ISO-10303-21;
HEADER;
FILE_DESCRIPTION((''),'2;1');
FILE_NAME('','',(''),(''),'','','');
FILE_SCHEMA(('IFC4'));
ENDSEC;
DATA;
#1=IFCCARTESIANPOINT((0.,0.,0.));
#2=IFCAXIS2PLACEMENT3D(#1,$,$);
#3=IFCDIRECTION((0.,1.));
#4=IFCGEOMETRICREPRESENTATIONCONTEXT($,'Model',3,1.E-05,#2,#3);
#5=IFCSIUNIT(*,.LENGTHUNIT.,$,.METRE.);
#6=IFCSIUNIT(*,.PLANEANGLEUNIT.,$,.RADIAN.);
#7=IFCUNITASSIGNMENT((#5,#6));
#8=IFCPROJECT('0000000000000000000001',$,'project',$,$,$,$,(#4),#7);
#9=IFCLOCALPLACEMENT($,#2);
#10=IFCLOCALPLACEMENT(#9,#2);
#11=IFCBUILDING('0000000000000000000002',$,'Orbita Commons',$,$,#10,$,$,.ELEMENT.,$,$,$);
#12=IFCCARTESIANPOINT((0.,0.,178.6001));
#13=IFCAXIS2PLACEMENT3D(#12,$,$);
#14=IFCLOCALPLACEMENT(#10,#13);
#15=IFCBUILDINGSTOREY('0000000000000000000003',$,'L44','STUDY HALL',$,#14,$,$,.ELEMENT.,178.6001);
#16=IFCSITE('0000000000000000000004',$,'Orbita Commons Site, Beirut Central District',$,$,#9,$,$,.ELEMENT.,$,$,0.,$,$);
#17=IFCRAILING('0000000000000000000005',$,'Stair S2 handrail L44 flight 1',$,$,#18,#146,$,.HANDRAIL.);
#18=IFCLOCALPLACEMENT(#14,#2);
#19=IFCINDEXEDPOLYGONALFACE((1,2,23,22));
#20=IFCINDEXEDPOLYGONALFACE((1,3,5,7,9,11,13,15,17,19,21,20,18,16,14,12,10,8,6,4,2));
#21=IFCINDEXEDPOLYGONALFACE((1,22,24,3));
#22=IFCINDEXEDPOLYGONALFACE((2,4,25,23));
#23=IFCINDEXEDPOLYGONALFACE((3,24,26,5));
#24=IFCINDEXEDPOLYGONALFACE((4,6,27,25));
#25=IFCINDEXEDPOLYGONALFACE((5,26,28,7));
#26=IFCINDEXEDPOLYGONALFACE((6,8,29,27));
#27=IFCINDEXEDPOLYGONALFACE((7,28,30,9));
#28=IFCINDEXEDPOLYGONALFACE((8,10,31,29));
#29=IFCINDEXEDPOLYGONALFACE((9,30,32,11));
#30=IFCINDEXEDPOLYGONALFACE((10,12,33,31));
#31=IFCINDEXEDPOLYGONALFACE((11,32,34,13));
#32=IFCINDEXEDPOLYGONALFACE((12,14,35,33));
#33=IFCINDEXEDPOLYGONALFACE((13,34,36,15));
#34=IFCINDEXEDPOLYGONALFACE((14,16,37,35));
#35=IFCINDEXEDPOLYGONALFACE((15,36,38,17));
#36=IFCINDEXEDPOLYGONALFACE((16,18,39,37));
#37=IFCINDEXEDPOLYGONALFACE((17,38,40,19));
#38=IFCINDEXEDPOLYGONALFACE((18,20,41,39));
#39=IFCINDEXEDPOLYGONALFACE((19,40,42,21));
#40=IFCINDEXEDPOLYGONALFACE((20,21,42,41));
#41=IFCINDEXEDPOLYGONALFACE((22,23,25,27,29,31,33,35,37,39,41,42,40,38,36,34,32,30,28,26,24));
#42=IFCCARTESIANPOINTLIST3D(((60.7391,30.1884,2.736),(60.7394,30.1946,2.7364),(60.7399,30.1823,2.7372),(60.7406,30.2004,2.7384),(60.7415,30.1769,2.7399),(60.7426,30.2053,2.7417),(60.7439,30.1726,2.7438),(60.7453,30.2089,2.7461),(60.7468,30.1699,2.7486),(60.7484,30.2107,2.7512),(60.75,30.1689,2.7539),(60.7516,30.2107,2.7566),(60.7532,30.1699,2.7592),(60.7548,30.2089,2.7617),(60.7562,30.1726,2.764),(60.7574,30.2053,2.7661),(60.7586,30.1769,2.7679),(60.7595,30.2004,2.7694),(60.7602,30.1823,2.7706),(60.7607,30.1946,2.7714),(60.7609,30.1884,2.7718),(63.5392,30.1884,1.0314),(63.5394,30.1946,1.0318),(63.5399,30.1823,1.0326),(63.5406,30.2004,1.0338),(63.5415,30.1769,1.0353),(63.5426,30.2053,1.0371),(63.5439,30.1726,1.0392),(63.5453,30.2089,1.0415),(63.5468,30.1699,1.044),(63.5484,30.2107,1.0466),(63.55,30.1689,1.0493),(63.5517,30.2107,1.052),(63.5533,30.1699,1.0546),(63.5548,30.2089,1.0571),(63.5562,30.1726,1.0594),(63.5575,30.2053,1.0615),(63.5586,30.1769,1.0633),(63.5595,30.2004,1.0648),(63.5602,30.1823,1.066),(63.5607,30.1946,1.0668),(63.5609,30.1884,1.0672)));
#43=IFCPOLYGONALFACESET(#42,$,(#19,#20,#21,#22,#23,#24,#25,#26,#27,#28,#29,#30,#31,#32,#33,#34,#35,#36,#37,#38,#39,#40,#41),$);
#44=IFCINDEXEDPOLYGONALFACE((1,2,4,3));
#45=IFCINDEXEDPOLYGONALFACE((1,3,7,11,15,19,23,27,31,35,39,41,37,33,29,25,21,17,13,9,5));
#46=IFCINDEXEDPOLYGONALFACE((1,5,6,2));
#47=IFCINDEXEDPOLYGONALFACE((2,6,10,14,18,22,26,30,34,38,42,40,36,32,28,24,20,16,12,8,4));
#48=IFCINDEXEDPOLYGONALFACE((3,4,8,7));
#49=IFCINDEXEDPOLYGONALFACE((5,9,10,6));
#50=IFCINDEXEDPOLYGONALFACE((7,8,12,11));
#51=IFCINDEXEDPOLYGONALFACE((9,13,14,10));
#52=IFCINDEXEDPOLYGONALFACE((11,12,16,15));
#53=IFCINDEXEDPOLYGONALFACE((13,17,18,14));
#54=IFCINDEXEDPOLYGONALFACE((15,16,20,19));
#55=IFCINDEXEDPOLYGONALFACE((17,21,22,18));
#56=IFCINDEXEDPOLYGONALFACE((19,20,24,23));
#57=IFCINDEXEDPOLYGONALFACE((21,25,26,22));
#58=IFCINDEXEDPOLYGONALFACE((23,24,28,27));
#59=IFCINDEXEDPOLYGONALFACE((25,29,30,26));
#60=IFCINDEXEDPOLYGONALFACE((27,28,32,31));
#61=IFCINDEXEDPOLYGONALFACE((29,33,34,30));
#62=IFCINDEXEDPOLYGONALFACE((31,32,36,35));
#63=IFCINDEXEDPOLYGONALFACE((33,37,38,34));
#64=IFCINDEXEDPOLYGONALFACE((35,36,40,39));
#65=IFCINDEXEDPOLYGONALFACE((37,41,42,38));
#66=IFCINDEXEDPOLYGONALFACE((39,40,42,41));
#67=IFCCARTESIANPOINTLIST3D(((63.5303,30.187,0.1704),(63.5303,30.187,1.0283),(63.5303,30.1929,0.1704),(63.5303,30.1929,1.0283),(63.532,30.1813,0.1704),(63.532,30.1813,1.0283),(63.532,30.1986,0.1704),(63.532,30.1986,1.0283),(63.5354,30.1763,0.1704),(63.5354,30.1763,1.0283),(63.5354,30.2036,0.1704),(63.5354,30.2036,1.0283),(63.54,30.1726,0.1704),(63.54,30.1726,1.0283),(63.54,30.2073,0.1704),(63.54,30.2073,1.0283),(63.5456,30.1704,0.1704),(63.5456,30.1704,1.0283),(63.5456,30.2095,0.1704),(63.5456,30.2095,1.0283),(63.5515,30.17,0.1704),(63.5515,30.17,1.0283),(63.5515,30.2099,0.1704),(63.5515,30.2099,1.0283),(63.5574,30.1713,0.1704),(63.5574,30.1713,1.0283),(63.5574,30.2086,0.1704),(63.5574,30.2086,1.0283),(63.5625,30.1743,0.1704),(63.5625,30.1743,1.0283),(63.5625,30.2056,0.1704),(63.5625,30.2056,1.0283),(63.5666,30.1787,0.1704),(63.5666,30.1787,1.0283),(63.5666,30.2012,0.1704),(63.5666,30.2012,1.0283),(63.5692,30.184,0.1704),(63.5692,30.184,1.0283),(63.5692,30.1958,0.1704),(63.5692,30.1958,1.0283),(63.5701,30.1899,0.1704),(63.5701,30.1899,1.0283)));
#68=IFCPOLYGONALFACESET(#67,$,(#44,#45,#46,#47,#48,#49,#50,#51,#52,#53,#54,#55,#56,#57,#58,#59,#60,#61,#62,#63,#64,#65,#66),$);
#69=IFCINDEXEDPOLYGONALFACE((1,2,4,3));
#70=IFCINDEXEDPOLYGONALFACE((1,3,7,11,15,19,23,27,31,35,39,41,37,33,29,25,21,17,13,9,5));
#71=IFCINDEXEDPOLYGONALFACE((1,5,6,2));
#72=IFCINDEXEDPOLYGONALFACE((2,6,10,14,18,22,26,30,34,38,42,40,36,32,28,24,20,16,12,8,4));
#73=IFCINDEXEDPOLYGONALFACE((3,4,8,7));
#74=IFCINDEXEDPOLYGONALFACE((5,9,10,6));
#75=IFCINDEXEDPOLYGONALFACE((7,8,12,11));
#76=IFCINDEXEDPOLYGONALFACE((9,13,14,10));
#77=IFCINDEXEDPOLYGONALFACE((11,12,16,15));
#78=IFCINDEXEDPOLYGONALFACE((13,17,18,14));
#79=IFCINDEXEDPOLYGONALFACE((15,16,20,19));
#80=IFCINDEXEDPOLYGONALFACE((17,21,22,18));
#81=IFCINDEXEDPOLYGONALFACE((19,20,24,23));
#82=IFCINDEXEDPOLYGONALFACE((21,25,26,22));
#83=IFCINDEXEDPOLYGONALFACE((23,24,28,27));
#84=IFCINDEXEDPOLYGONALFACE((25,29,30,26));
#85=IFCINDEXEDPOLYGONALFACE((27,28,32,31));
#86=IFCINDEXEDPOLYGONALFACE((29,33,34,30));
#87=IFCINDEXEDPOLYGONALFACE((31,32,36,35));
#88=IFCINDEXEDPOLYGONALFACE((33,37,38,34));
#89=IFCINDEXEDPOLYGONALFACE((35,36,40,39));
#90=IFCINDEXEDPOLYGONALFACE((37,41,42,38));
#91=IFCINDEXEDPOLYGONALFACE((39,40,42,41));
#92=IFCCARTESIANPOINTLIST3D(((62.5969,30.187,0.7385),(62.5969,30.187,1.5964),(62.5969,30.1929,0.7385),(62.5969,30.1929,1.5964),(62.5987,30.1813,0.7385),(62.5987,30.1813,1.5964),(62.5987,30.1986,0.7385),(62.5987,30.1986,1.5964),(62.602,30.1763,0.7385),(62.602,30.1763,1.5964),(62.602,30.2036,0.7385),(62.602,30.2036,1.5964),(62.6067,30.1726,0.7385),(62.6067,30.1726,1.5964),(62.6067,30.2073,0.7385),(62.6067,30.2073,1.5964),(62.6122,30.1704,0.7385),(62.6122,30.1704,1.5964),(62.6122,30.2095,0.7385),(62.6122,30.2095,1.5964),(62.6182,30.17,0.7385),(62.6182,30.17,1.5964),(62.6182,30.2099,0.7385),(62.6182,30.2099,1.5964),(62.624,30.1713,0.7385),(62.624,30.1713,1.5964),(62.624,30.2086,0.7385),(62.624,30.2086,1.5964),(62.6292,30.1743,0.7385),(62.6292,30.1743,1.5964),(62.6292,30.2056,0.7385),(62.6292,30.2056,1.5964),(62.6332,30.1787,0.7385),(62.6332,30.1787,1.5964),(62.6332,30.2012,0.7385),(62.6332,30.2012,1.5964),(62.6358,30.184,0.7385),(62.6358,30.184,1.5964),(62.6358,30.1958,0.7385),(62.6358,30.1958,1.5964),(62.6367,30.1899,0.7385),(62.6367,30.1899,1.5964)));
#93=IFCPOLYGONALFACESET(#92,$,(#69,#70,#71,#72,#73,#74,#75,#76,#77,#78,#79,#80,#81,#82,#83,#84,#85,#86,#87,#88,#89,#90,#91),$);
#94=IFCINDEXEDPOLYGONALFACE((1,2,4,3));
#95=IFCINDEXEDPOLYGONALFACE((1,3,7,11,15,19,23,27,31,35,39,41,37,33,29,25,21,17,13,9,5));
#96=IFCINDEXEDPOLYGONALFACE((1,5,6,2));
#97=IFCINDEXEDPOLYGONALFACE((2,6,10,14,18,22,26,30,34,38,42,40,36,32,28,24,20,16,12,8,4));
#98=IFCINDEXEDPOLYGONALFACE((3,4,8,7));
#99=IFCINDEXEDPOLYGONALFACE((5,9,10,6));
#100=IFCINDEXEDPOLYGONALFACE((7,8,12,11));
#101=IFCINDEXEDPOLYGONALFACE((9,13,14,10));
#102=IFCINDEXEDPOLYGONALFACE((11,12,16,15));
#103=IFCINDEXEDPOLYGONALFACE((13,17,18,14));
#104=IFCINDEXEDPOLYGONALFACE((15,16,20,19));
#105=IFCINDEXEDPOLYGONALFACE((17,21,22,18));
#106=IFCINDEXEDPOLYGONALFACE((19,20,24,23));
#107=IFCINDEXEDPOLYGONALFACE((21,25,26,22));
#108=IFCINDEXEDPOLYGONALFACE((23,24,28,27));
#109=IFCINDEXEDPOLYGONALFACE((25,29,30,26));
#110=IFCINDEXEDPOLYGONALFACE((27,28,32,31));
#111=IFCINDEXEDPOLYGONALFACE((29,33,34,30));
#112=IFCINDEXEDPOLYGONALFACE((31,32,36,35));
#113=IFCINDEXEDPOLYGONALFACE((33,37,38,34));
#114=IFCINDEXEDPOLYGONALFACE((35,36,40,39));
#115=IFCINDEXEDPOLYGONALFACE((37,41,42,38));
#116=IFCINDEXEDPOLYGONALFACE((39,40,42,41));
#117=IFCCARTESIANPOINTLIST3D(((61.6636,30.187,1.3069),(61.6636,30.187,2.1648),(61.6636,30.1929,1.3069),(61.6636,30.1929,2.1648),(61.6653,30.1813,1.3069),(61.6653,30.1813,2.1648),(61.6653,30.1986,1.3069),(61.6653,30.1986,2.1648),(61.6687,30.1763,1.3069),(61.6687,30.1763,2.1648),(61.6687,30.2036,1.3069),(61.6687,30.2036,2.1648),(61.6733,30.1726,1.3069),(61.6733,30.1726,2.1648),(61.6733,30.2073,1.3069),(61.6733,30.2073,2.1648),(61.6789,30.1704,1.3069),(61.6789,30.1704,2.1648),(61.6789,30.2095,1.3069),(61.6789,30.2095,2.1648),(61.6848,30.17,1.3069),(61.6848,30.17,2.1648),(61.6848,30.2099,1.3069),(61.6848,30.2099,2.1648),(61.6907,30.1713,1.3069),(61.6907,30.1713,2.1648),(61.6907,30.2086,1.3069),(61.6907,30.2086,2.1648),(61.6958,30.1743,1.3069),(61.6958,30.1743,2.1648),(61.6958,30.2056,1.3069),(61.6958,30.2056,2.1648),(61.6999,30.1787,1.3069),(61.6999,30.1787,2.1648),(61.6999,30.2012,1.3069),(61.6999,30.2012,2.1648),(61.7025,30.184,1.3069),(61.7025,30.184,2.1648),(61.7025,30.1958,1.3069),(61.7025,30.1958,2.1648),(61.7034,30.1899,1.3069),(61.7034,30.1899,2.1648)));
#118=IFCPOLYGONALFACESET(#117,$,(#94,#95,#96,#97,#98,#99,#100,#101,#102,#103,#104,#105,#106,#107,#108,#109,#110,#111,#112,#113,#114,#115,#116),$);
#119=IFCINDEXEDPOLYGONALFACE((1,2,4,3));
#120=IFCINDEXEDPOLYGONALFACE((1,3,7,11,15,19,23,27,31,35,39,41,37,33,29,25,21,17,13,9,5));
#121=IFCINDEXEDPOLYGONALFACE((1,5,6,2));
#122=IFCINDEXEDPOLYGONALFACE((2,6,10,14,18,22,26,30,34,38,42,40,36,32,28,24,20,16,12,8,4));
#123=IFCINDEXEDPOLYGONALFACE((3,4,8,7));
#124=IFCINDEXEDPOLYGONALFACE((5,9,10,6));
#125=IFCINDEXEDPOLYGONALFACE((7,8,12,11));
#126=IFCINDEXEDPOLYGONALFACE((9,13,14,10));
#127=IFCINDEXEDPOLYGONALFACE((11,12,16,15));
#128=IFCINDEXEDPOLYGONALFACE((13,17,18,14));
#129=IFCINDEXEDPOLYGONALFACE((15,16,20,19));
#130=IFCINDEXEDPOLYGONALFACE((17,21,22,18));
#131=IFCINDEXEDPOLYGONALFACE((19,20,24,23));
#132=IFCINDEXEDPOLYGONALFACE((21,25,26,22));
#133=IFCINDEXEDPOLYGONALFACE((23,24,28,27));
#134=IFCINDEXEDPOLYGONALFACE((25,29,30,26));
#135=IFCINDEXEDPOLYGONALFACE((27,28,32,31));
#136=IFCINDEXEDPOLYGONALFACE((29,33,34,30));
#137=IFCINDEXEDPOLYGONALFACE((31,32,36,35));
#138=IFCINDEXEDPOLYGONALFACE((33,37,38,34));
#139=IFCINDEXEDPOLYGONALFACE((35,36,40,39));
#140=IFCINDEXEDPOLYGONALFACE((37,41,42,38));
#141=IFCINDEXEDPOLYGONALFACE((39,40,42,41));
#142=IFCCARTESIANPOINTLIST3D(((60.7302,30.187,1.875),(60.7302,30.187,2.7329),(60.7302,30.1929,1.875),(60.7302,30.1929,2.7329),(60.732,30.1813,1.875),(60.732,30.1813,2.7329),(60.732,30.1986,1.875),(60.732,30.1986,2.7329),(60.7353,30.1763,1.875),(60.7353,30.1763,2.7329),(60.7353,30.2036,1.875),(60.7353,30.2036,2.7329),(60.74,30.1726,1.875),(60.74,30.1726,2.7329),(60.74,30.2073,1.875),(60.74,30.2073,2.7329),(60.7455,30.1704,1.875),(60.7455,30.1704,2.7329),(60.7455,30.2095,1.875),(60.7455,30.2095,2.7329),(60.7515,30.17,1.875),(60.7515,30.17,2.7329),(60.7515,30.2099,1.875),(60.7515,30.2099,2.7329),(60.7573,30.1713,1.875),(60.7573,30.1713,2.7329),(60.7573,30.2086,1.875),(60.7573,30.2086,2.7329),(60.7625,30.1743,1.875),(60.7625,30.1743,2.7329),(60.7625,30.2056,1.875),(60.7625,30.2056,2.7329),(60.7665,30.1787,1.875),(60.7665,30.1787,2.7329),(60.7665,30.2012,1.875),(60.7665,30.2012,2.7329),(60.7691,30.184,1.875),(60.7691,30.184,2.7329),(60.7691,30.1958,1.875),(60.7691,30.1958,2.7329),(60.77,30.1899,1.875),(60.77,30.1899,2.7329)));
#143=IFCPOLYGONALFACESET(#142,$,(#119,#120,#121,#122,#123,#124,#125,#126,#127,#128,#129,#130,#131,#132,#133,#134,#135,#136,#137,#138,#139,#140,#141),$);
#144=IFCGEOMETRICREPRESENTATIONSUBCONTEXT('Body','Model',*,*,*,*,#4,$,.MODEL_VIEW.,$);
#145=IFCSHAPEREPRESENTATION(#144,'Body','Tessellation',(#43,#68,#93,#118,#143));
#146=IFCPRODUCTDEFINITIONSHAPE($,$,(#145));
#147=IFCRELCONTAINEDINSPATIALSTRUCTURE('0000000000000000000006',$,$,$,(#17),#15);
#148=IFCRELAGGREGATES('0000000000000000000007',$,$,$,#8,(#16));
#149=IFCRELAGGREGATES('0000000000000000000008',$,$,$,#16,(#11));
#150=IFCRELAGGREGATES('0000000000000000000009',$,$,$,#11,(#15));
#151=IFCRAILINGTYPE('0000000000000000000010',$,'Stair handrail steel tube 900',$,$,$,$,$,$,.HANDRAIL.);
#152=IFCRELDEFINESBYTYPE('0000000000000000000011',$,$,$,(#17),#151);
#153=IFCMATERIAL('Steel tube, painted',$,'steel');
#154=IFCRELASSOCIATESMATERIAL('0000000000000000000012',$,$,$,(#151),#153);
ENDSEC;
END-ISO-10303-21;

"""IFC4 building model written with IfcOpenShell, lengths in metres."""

from ifc_helpers import new_model, si_unit, direction, frame, origin, origin_2d, place, context, subcontext, project, spatial, circle, extrude, material, type_object, element, save


model = new_model("IFC4")

# Units and contexts
model_context = context("Model", 3, precision=1e-05, world=origin(), true_north=direction((0.0, 1.0)))
body_context = subcontext(model_context, "Body", "Model", "MODEL_VIEW")
ifc_project = project(units=[si_unit("LENGTHUNIT", "METRE"), si_unit("PLANEANGLEUNIT", "RADIAN")], contexts=[model_context])

# Site, building, storey
site_placement = place(None, origin())
site = spatial("IfcSite", under=ifc_project, at=site_placement, Name="Orbita Commons Site, Beirut Central District", CompositionType="ELEMENT", RefElevation=0.0)
building_placement = place(site_placement, origin())
building = spatial("IfcBuilding", under=site, at=building_placement, Name="Orbita Commons", CompositionType="ELEMENT")
storey_placement = place(building_placement, frame((0.0, 0.0, 178.6001)))
storey = spatial("IfcBuildingStorey", under=building, at=storey_placement, Name="L44", Description="STUDY HALL", CompositionType="ELEMENT", Elevation=178.6001)

# Railing
ifc_material_1 = material(Name="Steel tube, painted", Category="steel")
railing_type = type_object("IfcRailingType", Name="Stair handrail steel tube 900", PredefinedType="HANDRAIL", material=ifc_material_1)
for number, where, name in (
    (1, (63.55, 30.1899, 0.1704), "Stair S2 handrail L44 flight 1"),
):
    element("IfcRailing", number, at=place(storey_placement, frame(where)), inside=storey, type_object=railing_type, Name=name, PredefinedType="HANDRAIL", context=body_context, shape_type="SweptSolid", body=[
        extrude(circle(Radius=0.021, at=origin_2d()), frame((0.0, 0.0, 0.8789), z_axis=(-0.85417, 0.0, 0.519994), x_axis=(0.0, -1.0, 0.0)), (0.0, 0.0, 1.0), 3.2781),
        extrude(circle(Radius=0.02, at=origin_2d()), origin(), (0.0, 0.0, 1.0), 0.8579),
        extrude(circle(Radius=0.02, at=origin_2d()), frame((-0.9333, 0.0, 0.5681)), (0.0, 0.0, 1.0), 0.8579),
        extrude(circle(Radius=0.02, at=origin_2d()), frame((-1.8667, 0.0, 1.1365)), (0.0, 0.0, 1.0), 0.8579),
        extrude(circle(Radius=0.02, at=origin_2d()), frame((-2.8, 0.0, 1.7046)), (0.0, 0.0, 1.0), 0.8579),
    ])

save(model, "model.ifc")
